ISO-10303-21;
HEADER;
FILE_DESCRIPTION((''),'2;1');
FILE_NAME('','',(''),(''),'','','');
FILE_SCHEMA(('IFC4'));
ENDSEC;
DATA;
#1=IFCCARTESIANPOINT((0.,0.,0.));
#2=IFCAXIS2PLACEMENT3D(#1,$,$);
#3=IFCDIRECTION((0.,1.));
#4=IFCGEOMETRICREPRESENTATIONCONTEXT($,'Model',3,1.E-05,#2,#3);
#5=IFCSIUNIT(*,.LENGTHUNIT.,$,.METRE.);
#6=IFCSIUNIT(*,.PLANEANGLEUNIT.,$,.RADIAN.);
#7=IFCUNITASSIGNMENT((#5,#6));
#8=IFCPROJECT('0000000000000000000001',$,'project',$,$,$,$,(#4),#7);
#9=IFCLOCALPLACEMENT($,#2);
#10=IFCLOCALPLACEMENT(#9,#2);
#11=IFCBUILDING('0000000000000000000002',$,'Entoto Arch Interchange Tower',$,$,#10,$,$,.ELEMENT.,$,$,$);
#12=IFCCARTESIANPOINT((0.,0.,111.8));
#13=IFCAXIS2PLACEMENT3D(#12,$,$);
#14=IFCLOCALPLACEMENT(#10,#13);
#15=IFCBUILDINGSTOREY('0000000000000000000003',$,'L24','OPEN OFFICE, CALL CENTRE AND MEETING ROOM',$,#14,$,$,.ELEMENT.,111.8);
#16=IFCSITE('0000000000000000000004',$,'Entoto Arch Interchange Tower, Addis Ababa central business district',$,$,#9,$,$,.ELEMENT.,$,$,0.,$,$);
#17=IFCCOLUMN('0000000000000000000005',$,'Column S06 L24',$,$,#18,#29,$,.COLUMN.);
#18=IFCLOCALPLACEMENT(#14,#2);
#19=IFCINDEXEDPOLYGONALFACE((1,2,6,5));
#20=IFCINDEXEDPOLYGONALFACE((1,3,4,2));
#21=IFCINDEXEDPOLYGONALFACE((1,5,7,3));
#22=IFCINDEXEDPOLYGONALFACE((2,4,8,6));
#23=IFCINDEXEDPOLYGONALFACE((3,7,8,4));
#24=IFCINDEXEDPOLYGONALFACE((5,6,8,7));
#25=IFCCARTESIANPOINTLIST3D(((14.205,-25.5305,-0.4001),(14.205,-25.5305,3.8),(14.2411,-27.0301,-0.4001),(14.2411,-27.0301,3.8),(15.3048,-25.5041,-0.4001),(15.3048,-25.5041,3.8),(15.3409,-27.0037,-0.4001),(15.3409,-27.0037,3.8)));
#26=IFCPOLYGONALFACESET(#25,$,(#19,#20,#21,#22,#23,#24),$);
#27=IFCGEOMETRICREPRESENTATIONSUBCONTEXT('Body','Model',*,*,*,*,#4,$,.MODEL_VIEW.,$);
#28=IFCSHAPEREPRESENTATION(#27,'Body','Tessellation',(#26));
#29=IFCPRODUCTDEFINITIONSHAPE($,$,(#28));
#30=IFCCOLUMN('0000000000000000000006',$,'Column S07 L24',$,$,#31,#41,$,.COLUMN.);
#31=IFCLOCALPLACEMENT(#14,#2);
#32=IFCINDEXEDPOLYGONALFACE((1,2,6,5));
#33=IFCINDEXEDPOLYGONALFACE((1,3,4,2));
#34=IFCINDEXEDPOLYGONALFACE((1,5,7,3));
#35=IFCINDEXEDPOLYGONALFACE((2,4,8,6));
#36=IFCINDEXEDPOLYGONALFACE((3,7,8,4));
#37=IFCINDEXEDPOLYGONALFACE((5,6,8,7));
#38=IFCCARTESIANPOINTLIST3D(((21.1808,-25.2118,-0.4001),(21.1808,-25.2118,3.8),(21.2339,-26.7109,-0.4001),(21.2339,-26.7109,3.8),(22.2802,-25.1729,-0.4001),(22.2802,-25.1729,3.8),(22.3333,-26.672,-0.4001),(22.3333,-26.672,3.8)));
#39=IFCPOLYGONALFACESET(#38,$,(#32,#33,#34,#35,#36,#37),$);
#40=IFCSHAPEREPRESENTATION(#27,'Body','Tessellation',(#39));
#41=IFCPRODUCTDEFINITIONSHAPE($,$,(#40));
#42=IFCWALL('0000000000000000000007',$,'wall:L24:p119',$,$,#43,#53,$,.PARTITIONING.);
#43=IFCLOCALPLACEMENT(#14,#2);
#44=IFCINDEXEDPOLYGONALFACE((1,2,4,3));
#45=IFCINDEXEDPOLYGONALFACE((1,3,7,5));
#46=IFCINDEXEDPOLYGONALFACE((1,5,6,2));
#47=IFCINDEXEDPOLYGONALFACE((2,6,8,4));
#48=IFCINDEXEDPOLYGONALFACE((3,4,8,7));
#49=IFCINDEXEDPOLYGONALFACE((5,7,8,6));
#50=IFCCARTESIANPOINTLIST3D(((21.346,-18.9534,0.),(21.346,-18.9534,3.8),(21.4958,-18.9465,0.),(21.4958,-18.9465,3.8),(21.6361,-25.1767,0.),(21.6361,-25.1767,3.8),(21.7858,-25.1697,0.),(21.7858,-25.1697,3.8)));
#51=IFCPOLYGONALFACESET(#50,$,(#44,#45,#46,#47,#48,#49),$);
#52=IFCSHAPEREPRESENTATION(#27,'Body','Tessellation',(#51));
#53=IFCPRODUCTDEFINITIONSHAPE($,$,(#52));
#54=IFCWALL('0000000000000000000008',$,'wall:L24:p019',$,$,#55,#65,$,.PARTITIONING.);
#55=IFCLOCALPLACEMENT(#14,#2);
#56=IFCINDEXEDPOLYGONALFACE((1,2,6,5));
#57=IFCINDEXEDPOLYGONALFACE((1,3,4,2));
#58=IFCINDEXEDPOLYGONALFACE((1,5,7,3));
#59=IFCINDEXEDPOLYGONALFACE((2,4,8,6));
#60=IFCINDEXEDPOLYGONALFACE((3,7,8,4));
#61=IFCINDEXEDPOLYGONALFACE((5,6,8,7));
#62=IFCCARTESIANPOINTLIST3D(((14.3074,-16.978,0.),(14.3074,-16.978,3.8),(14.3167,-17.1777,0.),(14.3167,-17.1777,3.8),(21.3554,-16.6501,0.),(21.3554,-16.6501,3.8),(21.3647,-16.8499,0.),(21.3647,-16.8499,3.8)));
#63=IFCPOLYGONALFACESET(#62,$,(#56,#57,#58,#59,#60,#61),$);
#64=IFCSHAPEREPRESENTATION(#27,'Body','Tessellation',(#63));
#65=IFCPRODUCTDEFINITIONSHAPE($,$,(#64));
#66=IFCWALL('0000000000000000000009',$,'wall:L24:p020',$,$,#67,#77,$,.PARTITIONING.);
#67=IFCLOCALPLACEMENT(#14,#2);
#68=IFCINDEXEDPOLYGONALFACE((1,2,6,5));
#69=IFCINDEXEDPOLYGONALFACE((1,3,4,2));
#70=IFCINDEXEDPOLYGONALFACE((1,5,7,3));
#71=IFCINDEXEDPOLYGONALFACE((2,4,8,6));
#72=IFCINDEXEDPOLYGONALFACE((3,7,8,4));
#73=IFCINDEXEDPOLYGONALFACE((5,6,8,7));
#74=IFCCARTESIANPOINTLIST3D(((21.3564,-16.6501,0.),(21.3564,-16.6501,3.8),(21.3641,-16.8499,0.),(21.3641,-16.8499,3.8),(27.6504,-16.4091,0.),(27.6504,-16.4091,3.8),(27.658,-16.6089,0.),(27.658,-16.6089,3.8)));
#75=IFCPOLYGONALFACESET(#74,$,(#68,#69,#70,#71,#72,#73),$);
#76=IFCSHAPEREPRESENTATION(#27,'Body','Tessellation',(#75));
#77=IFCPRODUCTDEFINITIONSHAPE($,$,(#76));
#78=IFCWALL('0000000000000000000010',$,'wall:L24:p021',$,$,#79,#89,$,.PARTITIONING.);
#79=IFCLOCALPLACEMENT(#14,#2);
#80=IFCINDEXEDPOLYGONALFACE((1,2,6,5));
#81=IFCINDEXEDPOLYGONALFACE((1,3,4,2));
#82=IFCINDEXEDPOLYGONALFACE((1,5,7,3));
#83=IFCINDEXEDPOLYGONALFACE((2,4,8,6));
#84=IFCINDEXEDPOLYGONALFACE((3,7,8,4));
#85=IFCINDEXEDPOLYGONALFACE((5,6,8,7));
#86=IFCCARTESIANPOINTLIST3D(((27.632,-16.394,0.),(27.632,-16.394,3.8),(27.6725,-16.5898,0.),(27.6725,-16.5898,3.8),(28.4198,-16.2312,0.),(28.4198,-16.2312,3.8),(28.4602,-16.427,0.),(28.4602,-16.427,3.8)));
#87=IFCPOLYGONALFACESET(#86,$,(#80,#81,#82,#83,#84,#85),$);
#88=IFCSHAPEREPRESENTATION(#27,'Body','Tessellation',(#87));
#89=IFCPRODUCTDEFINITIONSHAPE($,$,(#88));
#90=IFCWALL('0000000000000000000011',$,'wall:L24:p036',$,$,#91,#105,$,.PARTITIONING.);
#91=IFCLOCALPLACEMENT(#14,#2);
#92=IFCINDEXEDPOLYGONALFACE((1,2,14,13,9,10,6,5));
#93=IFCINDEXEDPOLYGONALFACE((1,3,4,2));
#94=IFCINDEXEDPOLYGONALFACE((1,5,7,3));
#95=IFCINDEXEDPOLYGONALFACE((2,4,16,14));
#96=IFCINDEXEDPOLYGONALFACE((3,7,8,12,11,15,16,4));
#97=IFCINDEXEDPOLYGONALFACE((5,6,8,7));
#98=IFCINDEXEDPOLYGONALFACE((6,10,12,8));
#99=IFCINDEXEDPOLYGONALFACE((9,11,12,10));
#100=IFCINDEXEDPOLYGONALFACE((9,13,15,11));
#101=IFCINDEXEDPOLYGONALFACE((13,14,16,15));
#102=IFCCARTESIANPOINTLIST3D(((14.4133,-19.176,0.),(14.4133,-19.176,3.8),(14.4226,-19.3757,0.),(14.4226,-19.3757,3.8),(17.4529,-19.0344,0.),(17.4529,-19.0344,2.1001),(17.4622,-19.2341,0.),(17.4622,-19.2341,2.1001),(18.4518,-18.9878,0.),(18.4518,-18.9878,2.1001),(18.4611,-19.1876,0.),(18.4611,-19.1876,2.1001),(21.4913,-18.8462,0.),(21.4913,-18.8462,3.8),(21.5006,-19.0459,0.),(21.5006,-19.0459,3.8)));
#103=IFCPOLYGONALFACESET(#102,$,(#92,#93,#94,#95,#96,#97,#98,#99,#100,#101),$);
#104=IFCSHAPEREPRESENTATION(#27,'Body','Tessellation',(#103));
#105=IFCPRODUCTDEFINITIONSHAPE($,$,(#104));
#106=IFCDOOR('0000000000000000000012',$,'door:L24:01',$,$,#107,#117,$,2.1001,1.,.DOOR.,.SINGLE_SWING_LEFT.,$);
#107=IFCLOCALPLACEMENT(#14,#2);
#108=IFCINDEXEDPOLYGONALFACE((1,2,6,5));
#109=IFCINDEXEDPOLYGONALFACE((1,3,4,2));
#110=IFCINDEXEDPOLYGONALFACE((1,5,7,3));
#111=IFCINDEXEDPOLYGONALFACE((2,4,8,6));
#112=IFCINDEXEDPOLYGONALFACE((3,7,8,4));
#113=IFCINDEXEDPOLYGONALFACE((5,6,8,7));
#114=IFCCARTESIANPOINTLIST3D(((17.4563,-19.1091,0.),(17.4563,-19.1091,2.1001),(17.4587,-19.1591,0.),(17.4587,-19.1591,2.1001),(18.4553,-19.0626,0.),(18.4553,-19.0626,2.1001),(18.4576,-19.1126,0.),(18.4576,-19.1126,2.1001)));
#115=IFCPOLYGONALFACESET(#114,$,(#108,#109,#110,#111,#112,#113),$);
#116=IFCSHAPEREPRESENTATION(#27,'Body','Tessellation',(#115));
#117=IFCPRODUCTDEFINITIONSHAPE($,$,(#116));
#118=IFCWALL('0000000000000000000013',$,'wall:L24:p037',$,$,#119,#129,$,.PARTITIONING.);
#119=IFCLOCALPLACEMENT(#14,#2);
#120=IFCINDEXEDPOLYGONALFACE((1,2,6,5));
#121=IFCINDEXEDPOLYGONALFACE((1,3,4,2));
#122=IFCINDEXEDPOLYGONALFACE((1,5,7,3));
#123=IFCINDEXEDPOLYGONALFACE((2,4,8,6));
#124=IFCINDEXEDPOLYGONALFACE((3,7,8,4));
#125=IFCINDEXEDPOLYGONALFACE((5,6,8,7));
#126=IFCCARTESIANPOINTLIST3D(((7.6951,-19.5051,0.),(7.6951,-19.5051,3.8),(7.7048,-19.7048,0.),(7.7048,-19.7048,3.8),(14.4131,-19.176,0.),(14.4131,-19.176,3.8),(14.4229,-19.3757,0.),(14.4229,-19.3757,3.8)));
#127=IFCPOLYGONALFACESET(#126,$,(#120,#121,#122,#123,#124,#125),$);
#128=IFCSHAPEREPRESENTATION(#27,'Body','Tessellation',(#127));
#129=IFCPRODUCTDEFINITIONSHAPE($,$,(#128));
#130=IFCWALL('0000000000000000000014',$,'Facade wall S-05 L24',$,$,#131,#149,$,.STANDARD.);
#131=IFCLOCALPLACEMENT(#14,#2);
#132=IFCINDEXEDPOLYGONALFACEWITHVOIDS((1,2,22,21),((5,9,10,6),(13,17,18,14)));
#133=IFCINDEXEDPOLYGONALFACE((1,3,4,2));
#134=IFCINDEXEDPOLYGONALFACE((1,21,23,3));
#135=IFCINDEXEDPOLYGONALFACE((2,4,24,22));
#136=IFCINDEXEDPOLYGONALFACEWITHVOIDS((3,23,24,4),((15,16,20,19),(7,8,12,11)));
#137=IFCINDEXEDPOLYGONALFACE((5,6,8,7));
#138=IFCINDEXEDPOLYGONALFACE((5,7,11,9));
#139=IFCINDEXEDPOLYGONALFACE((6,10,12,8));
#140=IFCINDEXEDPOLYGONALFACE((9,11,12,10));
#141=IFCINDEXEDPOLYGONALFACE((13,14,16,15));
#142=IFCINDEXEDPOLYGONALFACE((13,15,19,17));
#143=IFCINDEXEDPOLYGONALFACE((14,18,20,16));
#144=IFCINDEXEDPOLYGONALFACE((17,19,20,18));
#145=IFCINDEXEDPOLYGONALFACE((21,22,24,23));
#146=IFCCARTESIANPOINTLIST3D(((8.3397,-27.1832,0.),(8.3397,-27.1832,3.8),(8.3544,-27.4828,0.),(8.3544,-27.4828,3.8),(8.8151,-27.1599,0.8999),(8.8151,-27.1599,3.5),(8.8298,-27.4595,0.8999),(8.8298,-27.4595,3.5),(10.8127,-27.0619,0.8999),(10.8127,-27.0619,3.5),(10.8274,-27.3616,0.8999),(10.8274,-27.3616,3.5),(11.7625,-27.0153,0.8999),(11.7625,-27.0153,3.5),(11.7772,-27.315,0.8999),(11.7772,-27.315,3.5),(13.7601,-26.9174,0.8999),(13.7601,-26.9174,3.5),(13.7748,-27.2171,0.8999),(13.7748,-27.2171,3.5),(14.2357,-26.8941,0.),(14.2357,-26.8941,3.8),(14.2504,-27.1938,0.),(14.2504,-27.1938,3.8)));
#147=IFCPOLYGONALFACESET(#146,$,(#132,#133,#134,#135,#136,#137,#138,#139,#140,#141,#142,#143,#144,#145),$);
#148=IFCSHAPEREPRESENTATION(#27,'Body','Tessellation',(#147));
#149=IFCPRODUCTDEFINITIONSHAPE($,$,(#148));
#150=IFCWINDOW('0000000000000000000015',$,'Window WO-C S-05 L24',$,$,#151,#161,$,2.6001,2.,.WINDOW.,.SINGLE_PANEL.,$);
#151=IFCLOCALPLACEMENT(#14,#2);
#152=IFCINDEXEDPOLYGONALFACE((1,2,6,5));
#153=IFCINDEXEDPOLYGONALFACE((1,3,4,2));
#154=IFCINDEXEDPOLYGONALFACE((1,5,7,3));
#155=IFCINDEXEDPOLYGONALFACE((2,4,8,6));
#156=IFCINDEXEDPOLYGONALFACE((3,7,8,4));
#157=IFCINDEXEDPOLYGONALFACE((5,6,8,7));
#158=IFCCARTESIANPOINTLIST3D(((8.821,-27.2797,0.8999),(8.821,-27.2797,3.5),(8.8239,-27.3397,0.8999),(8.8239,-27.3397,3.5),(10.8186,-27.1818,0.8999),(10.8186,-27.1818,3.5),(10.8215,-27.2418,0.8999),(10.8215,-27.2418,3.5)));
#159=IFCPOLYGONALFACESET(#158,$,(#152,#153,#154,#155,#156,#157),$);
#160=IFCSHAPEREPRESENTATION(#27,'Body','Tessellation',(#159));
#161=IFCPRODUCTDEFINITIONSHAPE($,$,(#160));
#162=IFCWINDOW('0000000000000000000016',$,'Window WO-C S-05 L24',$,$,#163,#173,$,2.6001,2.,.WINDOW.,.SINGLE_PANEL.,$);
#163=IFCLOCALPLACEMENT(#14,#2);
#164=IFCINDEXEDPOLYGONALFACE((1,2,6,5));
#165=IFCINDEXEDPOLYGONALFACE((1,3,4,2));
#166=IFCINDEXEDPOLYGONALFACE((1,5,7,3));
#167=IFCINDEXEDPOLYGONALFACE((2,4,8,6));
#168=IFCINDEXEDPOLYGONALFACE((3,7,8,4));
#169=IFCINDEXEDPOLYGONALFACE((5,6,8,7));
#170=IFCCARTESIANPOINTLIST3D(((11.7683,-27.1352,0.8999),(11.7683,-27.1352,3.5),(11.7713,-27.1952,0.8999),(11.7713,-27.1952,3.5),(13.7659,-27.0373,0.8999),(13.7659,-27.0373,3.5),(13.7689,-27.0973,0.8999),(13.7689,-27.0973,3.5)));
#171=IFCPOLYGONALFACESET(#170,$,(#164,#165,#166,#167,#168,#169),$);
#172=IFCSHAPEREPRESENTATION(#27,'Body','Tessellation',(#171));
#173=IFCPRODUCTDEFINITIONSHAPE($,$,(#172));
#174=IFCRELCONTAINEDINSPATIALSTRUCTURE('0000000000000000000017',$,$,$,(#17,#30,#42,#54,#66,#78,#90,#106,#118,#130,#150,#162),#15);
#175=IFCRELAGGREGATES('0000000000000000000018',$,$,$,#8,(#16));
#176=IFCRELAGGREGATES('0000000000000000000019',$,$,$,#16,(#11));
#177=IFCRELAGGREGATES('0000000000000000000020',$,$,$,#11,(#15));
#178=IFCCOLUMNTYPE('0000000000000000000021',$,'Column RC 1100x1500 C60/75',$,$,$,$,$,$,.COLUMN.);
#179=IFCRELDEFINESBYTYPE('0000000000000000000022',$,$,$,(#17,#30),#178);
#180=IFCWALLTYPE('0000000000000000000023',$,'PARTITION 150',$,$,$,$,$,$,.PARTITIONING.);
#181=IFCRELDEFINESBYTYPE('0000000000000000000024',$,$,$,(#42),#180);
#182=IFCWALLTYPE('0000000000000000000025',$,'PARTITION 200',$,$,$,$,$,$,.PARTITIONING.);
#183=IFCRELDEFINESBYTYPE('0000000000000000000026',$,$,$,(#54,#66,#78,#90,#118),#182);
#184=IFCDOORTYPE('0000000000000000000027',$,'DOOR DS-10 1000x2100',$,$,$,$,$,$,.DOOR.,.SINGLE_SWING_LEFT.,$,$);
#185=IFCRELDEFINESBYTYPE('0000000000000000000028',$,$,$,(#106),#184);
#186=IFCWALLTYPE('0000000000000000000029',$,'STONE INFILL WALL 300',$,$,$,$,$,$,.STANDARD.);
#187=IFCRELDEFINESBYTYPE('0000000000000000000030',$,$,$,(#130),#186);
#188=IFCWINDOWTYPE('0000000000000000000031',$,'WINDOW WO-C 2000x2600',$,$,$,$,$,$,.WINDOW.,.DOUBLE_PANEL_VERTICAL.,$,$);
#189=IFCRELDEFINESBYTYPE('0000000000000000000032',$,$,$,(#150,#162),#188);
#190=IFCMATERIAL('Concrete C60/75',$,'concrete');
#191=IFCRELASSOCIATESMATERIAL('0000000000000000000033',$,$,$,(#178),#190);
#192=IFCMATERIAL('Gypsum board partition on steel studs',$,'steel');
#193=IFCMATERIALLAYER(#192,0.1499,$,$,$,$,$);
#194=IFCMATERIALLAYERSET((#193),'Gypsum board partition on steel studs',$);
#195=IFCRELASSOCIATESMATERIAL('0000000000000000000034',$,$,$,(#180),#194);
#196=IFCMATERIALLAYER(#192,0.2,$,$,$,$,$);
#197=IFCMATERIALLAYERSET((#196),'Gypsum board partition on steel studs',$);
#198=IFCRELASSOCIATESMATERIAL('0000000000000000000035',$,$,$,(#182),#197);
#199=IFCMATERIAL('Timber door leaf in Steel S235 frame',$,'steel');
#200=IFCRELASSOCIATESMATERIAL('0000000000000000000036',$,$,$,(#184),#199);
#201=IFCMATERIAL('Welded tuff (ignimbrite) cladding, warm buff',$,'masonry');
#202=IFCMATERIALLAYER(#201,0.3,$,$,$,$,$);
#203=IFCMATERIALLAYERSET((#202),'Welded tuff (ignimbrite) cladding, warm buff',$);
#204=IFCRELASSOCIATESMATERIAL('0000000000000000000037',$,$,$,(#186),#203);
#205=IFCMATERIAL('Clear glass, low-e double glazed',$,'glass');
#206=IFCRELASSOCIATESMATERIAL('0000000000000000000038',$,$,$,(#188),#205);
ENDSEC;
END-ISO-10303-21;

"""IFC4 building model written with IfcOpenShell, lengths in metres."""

from ifc_helpers import new_model, si_unit, direction, frame, frame_2d, origin, origin_2d, place, context, subcontext, project, spatial, rectangle, extrude, material, layer, layer_set, material_profile, profile_set, type_object, element, fill, save


model = new_model("IFC4")

# Units and contexts
model_context = context("Model", 3, precision=1e-05, world=origin(), true_north=direction((0.0, 1.0)))
body_context = subcontext(model_context, "Body", "Model", "MODEL_VIEW")
ifc_project = project(units=[si_unit("LENGTHUNIT", "METRE"), si_unit("PLANEANGLEUNIT", "RADIAN")], contexts=[model_context])

# Site, building, storey
site_placement = place(None, origin())
site = spatial("IfcSite", under=ifc_project, at=site_placement, Name="Entoto Arch Interchange Tower, Addis Ababa central business district", CompositionType="ELEMENT", RefElevation=0.0)
building_placement = place(site_placement, origin())
building = spatial("IfcBuilding", under=site, at=building_placement, Name="Entoto Arch Interchange Tower", CompositionType="ELEMENT")
storey_placement = place(building_placement, frame((0.0, 0.0, 111.8)))
storey = spatial("IfcBuildingStorey", under=building, at=storey_placement, Name="L24", Description="OPEN OFFICE, CALL CENTRE AND MEETING ROOM", CompositionType="ELEMENT", Elevation=111.8)

# Columns
ifc_material_1 = material(Name="Concrete C60/75", Category="concrete")
ifc_material_profile_1 = material_profile(ifc_material_1, rectangle(XDim=1.1001, YDim=1.5, at=origin_2d()))
ifc_profile_set_1 = profile_set([ifc_material_profile_1], Name="Concrete C60/75")
column_type = type_object("IfcColumnType", Name="Column RC 1100x1500 C60/75", PredefinedType="COLUMN", material=ifc_profile_set_1)
for number, where, z_axis, x_axis, name in (
    (1, (14.7729, -26.2671, -0.4001), (0.0, 0.0, 1.0), (0.999711, 0.024031, 0.0), "Column S06 L24"),
    (2, (21.7571, -25.9419, -0.4001), (0.0, 0.0, 1.0), (0.999374, 0.035388, 0.0), "Column S07 L24"),
):
    element("IfcColumn", number, at=place(storey_placement, frame(where, z_axis=z_axis, x_axis=x_axis)), inside=storey, type_object=column_type, Name=name, PredefinedType="COLUMN", context=body_context, shape_type="SweptSolid", body=[
        extrude(rectangle(XDim=1.1001, YDim=1.5, at=origin_2d()), origin(), (0.0, 0.0, 1.0), 4.2002),
    ])

# Walls
ifc_material_2 = material(Name="Gypsum board partition on steel studs", Category="steel")
ifc_layer_1 = layer(ifc_material_2, 0.1499)
ifc_layer_set_1 = layer_set([ifc_layer_1], Name="Gypsum board partition on steel studs")
wall_type_1 = type_object("IfcWallType", Name="PARTITION 150", PredefinedType="PARTITIONING", material=ifc_layer_set_1)
wall_1_placement = place(storey_placement, frame((21.4209, -18.95, 0.0), z_axis=(0.0, 0.0, 1.0), x_axis=(0.046556, -0.998916, 0.0)))
element("IfcWall", 3, at=wall_1_placement, inside=storey, type_object=wall_type_1, Name="wall:L24:p119", PredefinedType="PARTITIONING", context=body_context, shape_type="SweptSolid", body=[
    extrude(rectangle(XDim=6.23, YDim=0.1499, at=frame_2d((3.115, 0.0))), origin(), (0.0, 0.0, 1.0), 3.8),
])
ifc_layer_2 = layer(ifc_material_2, 0.2)
ifc_layer_set_2 = layer_set([ifc_layer_2], Name="Gypsum board partition on steel studs")
wall_type_2 = type_object("IfcWallType", Name="PARTITION 200", PredefinedType="PARTITIONING", material=ifc_layer_set_2)
wall_2_placement = place(storey_placement, frame((14.312, -17.0779, 0.0), z_axis=(0.0, 0.0, 1.0), x_axis=(0.99892, 0.04647, 0.0)))
element("IfcWall", 4, at=wall_2_placement, inside=storey, type_object=wall_type_2, Name="wall:L24:p019", PredefinedType="PARTITIONING", context=body_context, shape_type="SweptSolid", body=[
    extrude(rectangle(XDim=7.0557, YDim=0.2, at=frame_2d((3.5278, 0.0))), origin(), (0.0, 0.0, 1.0), 3.8),
])
wall_3_placement = place(storey_placement, frame((21.3601, -16.75, 0.0), z_axis=(0.0, 0.0, 1.0), x_axis=(0.999268, 0.038257, 0.0)))
element("IfcWall", 5, at=wall_3_placement, inside=storey, type_object=wall_type_2, Name="wall:L24:p020", PredefinedType="PARTITIONING", context=body_context, shape_type="SweptSolid", body=[
    extrude(rectangle(XDim=6.2986, YDim=0.2, at=frame_2d((3.1494, 0.0))), origin(), (0.0, 0.0, 1.0), 3.8),
])
wall_4_placement = place(storey_placement, frame((27.6521, -16.4919, 0.0), z_axis=(0.0, 0.0, 1.0), x_axis=(0.9793, 0.202415, 0.0)))
element("IfcWall", 6, at=wall_4_placement, inside=storey, type_object=wall_type_2, Name="wall:L24:p021", PredefinedType="PARTITIONING", context=body_context, shape_type="SweptSolid", body=[
    extrude(rectangle(XDim=0.8044, YDim=0.2, at=frame_2d((0.4023, 0.0))), origin(), (0.0, 0.0, 1.0), 3.8),
])

# Wall, opening, door
wall_5_placement = place(storey_placement, frame((21.4961, -18.946, 0.0), z_axis=(0.0, 0.0, 1.0), x_axis=(-0.998916, -0.046549, 0.0)))
wall_5 = element("IfcWall", 7, at=wall_5_placement, inside=storey, type_object=wall_type_2, Name="wall:L24:p036", PredefinedType="PARTITIONING", context=body_context, shape_type="SweptSolid", body=[
    extrude(rectangle(XDim=7.0857, YDim=0.2, at=frame_2d((3.543, 0.0))), origin(), (0.0, 0.0, 1.0), 3.8),
])
opening_1_placement = place(wall_5_placement, frame((3.043, 0.0, 0.0)))
opening_1 = element("IfcOpeningElement", 8, at=opening_1_placement, cuts=wall_5, PredefinedType="OPENING", context=body_context, shape_type="SweptSolid", body=[
    extrude(rectangle(XDim=1.0, YDim=2.1001, at=frame_2d((0.5, 1.05))), frame((0.0, 0.1099, 0.0), z_axis=(0.0, -1.0, 0.0), x_axis=(1.0, 0.0, 0.0)), (0.0, 0.0, 1.0), 0.22),
])
ifc_material_3 = material(Name="Timber door leaf in Steel S235 frame", Category="steel")
door_type = type_object("IfcDoorType", Name="DOOR DS-10 1000x2100", OperationType="SINGLE_SWING_LEFT", PredefinedType="DOOR", material=ifc_material_3)
door_placement = place(opening_1_placement, origin())
door = element("IfcDoor", 9, at=door_placement, inside=storey, type_object=door_type, Name="door:L24:01", OperationType="SINGLE_SWING_LEFT", OverallHeight=2.1001, OverallWidth=1.0, PredefinedType="DOOR", context=body_context, shape_type="SweptSolid", body=[
    extrude(rectangle(XDim=1.0, YDim=2.1001, at=frame_2d((0.5, 1.05))), frame((0.0, 0.0249, 0.0), z_axis=(0.0, -1.0, 0.0), x_axis=(1.0, 0.0, 0.0)), (0.0, 0.0, 1.0), 0.05),
])
fill(opening_1, door)

# Wall
wall_6_placement = place(storey_placement, frame((14.418, -19.2759, 0.0), z_axis=(0.0, 0.0, 1.0), x_axis=(-0.998802, -0.048929, 0.0)))
element("IfcWall", 10, at=wall_6_placement, inside=storey, type_object=wall_type_2, Name="wall:L24:p037", PredefinedType="PARTITIONING", context=body_context, shape_type="SweptSolid", body=[
    extrude(rectangle(XDim=6.7261, YDim=0.2, at=frame_2d((3.363, 0.0))), origin(), (0.0, 0.0, 1.0), 3.8),
])

# Wall, openings, windows
ifc_material_4 = material(Name="Welded tuff (ignimbrite) cladding, warm buff", Category="masonry")
ifc_layer_3 = layer(ifc_material_4, 0.3)
ifc_layer_set_3 = layer_set([ifc_layer_3], Name="Welded tuff (ignimbrite) cladding, warm buff")
wall_type_3 = type_object("IfcWallType", Name="STONE INFILL WALL 300", PredefinedType="STANDARD", material=ifc_layer_set_3)
wall_7_placement = place(storey_placement, frame((8.3469, -27.333, 0.0), z_axis=(0.0, 0.0, 1.0), x_axis=(0.9988, 0.048968, 0.0)))
wall_7 = element("IfcWall", 11, at=wall_7_placement, inside=storey, type_object=wall_type_3, Name="Facade wall S-05 L24", PredefinedType="STANDARD", context=body_context, shape_type="SweptSolid", body=[
    extrude(rectangle(XDim=5.9031, YDim=0.3, at=frame_2d((2.9517, 0.0))), origin(), (0.0, 0.0, 1.0), 3.8),
])
opening_2_placement = place(wall_7_placement, frame((0.4761, 0.0, 0.8999)))
opening_2 = element("IfcOpeningElement", 12, at=opening_2_placement, cuts=wall_7, PredefinedType="OPENING", context=body_context, shape_type="SweptSolid", body=[
    extrude(rectangle(XDim=2.0, YDim=2.6001, at=frame_2d((1.0, 1.3))), frame((0.0, 0.1602, 0.0), z_axis=(0.0, -1.0, 0.0), x_axis=(1.0, 0.0, 0.0)), (0.0, 0.0, 1.0), 0.3201),
])
opening_3_placement = place(wall_7_placement, frame((3.427, 0.0, 0.8999)))
opening_3 = element("IfcOpeningElement", 13, at=opening_3_placement, cuts=wall_7, PredefinedType="OPENING", context=body_context, shape_type="SweptSolid", body=[
    extrude(rectangle(XDim=2.0, YDim=2.6001, at=frame_2d((1.0, 1.3))), frame((0.0, 0.1602, 0.0), z_axis=(0.0, -1.0, 0.0), x_axis=(1.0, 0.0, 0.0)), (0.0, 0.0, 1.0), 0.3201),
])
ifc_material_5 = material(Name="Clear glass, low-e double glazed", Category="glass")
window_type = type_object("IfcWindowType", Name="WINDOW WO-C 2000x2600", PartitioningType="DOUBLE_PANEL_VERTICAL", PredefinedType="WINDOW", material=ifc_material_5)
window_1_placement = place(opening_2_placement, origin())
window_1 = element("IfcWindow", 14, at=window_1_placement, inside=storey, type_object=window_type, Name="Window WO-C S-05 L24", OverallHeight=2.6001, OverallWidth=2.0, PartitioningType="SINGLE_PANEL", PredefinedType="WINDOW", context=body_context, shape_type="SweptSolid", body=[
    extrude(rectangle(XDim=2.0, YDim=2.6001, at=frame_2d((1.0, 1.3))), frame((0.0, 0.03, 0.0), z_axis=(0.0, -1.0, 0.0), x_axis=(1.0, 0.0, 0.0)), (0.0, 0.0, 1.0), 0.0601),
])
fill(opening_2, window_1)
window_2_placement = place(opening_3_placement, origin())
window_2 = element("IfcWindow", 15, at=window_2_placement, inside=storey, type_object=window_type, Name="Window WO-C S-05 L24", OverallHeight=2.6001, OverallWidth=2.0, PartitioningType="SINGLE_PANEL", PredefinedType="WINDOW", context=body_context, shape_type="SweptSolid", body=[
    extrude(rectangle(XDim=2.0, YDim=2.6001, at=frame_2d((1.0, 1.3))), frame((0.0, 0.03, 0.0), z_axis=(0.0, -1.0, 0.0), x_axis=(1.0, 0.0, 0.0)), (0.0, 0.0, 1.0), 0.0601),
])
fill(opening_3, window_2)

save(model, "model.ifc")
